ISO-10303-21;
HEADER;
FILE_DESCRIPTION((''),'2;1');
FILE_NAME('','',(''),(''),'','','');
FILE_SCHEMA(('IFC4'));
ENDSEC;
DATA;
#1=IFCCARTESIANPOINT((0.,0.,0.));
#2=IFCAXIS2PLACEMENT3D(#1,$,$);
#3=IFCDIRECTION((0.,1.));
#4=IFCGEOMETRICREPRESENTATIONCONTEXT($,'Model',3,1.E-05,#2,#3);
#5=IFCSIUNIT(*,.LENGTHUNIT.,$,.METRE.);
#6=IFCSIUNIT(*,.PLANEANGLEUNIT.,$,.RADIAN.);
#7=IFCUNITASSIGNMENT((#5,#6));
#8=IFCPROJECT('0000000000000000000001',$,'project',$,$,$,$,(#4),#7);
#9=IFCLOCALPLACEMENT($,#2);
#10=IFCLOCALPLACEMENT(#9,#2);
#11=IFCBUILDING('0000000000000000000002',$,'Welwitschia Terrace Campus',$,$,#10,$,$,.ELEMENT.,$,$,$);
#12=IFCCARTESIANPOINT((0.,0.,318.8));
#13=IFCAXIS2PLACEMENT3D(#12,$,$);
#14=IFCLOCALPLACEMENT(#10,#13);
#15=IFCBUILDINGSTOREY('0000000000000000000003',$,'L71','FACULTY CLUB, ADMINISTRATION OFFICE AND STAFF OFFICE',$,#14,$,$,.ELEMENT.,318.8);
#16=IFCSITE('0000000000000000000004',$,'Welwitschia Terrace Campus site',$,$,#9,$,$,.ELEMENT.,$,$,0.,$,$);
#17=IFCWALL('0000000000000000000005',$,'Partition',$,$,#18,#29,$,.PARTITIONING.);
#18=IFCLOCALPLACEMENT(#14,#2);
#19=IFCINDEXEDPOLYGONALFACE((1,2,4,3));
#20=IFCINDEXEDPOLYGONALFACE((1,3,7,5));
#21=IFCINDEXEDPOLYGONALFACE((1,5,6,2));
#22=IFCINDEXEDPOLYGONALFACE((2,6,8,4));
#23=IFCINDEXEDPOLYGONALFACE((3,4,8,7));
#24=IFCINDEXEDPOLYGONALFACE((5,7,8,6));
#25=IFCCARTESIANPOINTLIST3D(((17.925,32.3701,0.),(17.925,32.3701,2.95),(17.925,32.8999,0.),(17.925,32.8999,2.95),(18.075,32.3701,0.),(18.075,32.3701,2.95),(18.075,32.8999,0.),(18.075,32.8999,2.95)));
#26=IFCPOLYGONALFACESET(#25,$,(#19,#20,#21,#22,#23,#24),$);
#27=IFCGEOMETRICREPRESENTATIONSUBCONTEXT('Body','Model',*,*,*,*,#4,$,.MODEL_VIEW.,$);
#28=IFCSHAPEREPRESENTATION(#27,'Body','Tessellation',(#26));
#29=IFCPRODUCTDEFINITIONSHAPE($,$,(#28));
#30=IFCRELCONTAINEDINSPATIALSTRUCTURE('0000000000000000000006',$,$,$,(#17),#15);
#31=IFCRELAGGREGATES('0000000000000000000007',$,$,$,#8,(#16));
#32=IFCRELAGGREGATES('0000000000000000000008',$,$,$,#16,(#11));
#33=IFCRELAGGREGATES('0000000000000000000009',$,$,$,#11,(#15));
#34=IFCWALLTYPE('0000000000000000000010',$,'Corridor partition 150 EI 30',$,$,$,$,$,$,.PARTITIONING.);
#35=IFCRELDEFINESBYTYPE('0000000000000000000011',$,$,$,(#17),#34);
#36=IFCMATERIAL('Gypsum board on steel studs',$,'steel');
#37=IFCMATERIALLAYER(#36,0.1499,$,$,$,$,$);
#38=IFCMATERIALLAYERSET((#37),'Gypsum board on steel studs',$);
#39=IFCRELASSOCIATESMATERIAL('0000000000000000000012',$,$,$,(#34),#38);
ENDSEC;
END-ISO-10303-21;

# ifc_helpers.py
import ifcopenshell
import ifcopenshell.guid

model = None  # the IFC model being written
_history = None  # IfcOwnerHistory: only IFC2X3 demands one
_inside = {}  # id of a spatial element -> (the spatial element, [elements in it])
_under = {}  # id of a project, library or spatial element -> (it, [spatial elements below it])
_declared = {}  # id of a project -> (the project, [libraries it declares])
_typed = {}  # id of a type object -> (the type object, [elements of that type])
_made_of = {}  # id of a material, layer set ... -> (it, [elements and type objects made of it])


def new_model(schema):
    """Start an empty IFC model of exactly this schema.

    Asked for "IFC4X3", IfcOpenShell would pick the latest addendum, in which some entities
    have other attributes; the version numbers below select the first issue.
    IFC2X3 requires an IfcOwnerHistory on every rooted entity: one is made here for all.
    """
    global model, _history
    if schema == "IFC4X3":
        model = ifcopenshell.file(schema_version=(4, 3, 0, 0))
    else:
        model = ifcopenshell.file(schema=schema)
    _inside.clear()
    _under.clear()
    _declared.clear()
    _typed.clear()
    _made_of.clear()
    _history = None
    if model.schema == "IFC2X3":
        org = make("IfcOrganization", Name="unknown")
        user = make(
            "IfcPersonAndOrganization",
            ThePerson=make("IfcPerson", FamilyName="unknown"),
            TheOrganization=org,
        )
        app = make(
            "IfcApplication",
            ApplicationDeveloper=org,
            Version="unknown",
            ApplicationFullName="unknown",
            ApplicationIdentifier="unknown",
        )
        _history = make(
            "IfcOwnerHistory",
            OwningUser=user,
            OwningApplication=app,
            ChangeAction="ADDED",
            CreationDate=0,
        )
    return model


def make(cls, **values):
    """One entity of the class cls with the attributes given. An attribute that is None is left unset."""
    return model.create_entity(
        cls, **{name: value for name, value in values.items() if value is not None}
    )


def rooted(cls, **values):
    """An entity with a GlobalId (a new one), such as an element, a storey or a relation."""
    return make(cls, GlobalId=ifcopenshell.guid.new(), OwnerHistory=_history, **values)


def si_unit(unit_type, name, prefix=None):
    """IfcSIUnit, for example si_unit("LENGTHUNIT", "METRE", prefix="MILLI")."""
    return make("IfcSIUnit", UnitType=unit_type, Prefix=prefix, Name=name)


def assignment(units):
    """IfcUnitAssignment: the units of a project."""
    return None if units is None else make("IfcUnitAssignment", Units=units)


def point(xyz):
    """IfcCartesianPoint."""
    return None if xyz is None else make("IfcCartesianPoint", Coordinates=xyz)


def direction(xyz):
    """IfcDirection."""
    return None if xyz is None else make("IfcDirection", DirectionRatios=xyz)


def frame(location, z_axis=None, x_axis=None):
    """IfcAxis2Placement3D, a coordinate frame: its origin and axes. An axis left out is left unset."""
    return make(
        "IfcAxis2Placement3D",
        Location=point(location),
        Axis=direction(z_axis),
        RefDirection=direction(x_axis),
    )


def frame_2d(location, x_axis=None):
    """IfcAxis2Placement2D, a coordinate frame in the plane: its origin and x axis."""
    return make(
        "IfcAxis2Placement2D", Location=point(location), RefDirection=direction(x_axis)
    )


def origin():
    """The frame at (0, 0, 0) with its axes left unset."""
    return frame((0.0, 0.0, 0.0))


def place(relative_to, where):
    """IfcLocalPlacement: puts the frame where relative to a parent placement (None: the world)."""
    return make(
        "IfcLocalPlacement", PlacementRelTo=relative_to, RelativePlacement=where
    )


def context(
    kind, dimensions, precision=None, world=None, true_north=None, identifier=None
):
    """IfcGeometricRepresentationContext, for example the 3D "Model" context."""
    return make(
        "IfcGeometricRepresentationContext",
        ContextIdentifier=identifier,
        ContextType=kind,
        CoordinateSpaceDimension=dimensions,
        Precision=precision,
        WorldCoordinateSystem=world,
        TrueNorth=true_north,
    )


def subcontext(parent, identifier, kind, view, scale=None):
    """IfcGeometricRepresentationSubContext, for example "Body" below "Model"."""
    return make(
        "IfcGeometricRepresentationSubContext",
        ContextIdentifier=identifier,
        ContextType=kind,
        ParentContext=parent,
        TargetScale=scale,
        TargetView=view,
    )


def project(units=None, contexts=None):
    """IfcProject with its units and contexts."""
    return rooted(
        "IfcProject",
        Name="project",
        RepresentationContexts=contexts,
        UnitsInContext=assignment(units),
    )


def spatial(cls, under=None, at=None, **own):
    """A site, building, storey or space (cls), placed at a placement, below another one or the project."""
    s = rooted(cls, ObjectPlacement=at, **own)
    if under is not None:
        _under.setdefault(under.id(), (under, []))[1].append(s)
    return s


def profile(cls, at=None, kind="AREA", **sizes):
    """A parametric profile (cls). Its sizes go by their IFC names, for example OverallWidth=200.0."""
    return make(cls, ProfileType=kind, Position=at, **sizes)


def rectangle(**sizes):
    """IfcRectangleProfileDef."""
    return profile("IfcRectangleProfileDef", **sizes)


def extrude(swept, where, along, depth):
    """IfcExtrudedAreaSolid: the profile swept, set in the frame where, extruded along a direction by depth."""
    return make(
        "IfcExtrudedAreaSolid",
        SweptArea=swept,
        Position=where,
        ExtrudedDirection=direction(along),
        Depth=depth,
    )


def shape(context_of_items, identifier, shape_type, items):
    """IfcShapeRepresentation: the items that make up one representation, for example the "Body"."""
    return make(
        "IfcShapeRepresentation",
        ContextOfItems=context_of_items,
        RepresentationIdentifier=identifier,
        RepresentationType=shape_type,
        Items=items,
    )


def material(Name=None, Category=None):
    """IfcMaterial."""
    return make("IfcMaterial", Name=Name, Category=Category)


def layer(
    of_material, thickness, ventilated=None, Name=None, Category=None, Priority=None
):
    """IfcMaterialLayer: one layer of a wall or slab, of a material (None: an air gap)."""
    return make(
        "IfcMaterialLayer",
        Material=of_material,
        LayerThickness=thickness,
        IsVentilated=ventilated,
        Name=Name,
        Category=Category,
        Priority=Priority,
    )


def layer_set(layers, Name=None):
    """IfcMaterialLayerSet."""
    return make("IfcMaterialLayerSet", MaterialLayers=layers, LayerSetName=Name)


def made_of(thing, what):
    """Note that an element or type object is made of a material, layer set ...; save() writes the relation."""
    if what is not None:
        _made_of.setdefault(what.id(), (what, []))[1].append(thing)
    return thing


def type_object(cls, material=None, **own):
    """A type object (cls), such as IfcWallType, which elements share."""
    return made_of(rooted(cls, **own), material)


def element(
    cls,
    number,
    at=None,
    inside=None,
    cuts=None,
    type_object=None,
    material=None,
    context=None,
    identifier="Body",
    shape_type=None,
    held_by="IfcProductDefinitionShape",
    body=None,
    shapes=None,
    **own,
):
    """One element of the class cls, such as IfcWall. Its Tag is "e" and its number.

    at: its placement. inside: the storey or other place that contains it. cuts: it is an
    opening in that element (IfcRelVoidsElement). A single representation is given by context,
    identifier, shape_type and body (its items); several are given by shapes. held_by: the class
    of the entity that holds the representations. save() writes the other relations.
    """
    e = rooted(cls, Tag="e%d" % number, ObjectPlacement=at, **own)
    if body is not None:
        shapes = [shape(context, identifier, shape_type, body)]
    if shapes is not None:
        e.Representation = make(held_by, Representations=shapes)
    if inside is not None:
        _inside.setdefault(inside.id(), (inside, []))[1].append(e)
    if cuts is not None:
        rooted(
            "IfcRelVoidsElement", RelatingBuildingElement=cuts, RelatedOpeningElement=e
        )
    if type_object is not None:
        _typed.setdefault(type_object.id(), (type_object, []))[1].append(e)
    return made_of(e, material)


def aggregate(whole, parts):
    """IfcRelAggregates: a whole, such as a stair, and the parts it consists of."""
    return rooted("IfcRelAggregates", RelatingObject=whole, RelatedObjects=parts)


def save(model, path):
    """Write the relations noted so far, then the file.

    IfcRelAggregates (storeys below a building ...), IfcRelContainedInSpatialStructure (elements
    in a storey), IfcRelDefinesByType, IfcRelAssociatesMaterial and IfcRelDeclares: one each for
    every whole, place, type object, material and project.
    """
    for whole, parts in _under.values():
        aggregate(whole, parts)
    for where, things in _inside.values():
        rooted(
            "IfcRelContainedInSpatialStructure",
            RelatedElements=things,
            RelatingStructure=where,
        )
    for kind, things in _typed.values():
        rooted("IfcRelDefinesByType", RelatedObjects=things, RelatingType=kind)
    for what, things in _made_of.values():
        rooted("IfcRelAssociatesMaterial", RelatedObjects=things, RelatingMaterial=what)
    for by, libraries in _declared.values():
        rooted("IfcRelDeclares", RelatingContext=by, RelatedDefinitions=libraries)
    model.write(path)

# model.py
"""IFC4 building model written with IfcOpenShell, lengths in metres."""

from ifc_helpers import new_model, si_unit, direction, frame, frame_2d, origin, place, context, subcontext, project, spatial, rectangle, extrude, material, layer, layer_set, type_object, element, save


model = new_model("IFC4")

# Units and contexts
model_context = context("Model", 3, precision=1e-05, world=origin(), true_north=direction((0.0, 1.0)))
body_context = subcontext(model_context, "Body", "Model", "MODEL_VIEW")
ifc_project = project(units=[si_unit("LENGTHUNIT", "METRE"), si_unit("PLANEANGLEUNIT", "RADIAN")], contexts=[model_context])

# Site, building, storey
site_placement = place(None, origin())
site = spatial("IfcSite", under=ifc_project, at=site_placement, Name="Welwitschia Terrace Campus site", CompositionType="ELEMENT", RefElevation=0.0)
building_placement = place(site_placement, origin())
building = spatial("IfcBuilding", under=site, at=building_placement, Name="Welwitschia Terrace Campus", CompositionType="ELEMENT")
storey_placement = place(building_placement, frame((0.0, 0.0, 318.8)))
storey = spatial("IfcBuildingStorey", under=building, at=storey_placement, Name="L71", Description="FACULTY CLUB, ADMINISTRATION OFFICE AND STAFF OFFICE", CompositionType="ELEMENT", Elevation=318.8)

# Shared definitions
ifc_material_1 = material(Name="Gypsum board on steel studs", Category="steel")
ifc_layer_1 = layer(ifc_material_1, 0.1499)
ifc_layer_set_1 = layer_set([ifc_layer_1], Name="Gypsum board on steel studs")
wall_type = type_object("IfcWallType", Name="Corridor partition 150 EI 30", PredefinedType="PARTITIONING", material=ifc_layer_set_1)

# Wall
wall_1_placement = place(storey_placement, frame((18.0, 32.3701, 0.0), z_axis=(0.0, 0.0, 1.0), x_axis=(0.0, 1.0, 0.0)))
element("IfcWall", 1, at=wall_1_placement, inside=storey, type_object=wall_type, Name="Partition", PredefinedType="PARTITIONING", context=body_context, shape_type="SweptSolid", body=[
    extrude(rectangle(XDim=0.5298, YDim=0.1499, at=frame_2d((0.2649, 0.0))), origin(), (0.0, 0.0, 1.0), 2.95),
])

save(model, "model.ifc")
